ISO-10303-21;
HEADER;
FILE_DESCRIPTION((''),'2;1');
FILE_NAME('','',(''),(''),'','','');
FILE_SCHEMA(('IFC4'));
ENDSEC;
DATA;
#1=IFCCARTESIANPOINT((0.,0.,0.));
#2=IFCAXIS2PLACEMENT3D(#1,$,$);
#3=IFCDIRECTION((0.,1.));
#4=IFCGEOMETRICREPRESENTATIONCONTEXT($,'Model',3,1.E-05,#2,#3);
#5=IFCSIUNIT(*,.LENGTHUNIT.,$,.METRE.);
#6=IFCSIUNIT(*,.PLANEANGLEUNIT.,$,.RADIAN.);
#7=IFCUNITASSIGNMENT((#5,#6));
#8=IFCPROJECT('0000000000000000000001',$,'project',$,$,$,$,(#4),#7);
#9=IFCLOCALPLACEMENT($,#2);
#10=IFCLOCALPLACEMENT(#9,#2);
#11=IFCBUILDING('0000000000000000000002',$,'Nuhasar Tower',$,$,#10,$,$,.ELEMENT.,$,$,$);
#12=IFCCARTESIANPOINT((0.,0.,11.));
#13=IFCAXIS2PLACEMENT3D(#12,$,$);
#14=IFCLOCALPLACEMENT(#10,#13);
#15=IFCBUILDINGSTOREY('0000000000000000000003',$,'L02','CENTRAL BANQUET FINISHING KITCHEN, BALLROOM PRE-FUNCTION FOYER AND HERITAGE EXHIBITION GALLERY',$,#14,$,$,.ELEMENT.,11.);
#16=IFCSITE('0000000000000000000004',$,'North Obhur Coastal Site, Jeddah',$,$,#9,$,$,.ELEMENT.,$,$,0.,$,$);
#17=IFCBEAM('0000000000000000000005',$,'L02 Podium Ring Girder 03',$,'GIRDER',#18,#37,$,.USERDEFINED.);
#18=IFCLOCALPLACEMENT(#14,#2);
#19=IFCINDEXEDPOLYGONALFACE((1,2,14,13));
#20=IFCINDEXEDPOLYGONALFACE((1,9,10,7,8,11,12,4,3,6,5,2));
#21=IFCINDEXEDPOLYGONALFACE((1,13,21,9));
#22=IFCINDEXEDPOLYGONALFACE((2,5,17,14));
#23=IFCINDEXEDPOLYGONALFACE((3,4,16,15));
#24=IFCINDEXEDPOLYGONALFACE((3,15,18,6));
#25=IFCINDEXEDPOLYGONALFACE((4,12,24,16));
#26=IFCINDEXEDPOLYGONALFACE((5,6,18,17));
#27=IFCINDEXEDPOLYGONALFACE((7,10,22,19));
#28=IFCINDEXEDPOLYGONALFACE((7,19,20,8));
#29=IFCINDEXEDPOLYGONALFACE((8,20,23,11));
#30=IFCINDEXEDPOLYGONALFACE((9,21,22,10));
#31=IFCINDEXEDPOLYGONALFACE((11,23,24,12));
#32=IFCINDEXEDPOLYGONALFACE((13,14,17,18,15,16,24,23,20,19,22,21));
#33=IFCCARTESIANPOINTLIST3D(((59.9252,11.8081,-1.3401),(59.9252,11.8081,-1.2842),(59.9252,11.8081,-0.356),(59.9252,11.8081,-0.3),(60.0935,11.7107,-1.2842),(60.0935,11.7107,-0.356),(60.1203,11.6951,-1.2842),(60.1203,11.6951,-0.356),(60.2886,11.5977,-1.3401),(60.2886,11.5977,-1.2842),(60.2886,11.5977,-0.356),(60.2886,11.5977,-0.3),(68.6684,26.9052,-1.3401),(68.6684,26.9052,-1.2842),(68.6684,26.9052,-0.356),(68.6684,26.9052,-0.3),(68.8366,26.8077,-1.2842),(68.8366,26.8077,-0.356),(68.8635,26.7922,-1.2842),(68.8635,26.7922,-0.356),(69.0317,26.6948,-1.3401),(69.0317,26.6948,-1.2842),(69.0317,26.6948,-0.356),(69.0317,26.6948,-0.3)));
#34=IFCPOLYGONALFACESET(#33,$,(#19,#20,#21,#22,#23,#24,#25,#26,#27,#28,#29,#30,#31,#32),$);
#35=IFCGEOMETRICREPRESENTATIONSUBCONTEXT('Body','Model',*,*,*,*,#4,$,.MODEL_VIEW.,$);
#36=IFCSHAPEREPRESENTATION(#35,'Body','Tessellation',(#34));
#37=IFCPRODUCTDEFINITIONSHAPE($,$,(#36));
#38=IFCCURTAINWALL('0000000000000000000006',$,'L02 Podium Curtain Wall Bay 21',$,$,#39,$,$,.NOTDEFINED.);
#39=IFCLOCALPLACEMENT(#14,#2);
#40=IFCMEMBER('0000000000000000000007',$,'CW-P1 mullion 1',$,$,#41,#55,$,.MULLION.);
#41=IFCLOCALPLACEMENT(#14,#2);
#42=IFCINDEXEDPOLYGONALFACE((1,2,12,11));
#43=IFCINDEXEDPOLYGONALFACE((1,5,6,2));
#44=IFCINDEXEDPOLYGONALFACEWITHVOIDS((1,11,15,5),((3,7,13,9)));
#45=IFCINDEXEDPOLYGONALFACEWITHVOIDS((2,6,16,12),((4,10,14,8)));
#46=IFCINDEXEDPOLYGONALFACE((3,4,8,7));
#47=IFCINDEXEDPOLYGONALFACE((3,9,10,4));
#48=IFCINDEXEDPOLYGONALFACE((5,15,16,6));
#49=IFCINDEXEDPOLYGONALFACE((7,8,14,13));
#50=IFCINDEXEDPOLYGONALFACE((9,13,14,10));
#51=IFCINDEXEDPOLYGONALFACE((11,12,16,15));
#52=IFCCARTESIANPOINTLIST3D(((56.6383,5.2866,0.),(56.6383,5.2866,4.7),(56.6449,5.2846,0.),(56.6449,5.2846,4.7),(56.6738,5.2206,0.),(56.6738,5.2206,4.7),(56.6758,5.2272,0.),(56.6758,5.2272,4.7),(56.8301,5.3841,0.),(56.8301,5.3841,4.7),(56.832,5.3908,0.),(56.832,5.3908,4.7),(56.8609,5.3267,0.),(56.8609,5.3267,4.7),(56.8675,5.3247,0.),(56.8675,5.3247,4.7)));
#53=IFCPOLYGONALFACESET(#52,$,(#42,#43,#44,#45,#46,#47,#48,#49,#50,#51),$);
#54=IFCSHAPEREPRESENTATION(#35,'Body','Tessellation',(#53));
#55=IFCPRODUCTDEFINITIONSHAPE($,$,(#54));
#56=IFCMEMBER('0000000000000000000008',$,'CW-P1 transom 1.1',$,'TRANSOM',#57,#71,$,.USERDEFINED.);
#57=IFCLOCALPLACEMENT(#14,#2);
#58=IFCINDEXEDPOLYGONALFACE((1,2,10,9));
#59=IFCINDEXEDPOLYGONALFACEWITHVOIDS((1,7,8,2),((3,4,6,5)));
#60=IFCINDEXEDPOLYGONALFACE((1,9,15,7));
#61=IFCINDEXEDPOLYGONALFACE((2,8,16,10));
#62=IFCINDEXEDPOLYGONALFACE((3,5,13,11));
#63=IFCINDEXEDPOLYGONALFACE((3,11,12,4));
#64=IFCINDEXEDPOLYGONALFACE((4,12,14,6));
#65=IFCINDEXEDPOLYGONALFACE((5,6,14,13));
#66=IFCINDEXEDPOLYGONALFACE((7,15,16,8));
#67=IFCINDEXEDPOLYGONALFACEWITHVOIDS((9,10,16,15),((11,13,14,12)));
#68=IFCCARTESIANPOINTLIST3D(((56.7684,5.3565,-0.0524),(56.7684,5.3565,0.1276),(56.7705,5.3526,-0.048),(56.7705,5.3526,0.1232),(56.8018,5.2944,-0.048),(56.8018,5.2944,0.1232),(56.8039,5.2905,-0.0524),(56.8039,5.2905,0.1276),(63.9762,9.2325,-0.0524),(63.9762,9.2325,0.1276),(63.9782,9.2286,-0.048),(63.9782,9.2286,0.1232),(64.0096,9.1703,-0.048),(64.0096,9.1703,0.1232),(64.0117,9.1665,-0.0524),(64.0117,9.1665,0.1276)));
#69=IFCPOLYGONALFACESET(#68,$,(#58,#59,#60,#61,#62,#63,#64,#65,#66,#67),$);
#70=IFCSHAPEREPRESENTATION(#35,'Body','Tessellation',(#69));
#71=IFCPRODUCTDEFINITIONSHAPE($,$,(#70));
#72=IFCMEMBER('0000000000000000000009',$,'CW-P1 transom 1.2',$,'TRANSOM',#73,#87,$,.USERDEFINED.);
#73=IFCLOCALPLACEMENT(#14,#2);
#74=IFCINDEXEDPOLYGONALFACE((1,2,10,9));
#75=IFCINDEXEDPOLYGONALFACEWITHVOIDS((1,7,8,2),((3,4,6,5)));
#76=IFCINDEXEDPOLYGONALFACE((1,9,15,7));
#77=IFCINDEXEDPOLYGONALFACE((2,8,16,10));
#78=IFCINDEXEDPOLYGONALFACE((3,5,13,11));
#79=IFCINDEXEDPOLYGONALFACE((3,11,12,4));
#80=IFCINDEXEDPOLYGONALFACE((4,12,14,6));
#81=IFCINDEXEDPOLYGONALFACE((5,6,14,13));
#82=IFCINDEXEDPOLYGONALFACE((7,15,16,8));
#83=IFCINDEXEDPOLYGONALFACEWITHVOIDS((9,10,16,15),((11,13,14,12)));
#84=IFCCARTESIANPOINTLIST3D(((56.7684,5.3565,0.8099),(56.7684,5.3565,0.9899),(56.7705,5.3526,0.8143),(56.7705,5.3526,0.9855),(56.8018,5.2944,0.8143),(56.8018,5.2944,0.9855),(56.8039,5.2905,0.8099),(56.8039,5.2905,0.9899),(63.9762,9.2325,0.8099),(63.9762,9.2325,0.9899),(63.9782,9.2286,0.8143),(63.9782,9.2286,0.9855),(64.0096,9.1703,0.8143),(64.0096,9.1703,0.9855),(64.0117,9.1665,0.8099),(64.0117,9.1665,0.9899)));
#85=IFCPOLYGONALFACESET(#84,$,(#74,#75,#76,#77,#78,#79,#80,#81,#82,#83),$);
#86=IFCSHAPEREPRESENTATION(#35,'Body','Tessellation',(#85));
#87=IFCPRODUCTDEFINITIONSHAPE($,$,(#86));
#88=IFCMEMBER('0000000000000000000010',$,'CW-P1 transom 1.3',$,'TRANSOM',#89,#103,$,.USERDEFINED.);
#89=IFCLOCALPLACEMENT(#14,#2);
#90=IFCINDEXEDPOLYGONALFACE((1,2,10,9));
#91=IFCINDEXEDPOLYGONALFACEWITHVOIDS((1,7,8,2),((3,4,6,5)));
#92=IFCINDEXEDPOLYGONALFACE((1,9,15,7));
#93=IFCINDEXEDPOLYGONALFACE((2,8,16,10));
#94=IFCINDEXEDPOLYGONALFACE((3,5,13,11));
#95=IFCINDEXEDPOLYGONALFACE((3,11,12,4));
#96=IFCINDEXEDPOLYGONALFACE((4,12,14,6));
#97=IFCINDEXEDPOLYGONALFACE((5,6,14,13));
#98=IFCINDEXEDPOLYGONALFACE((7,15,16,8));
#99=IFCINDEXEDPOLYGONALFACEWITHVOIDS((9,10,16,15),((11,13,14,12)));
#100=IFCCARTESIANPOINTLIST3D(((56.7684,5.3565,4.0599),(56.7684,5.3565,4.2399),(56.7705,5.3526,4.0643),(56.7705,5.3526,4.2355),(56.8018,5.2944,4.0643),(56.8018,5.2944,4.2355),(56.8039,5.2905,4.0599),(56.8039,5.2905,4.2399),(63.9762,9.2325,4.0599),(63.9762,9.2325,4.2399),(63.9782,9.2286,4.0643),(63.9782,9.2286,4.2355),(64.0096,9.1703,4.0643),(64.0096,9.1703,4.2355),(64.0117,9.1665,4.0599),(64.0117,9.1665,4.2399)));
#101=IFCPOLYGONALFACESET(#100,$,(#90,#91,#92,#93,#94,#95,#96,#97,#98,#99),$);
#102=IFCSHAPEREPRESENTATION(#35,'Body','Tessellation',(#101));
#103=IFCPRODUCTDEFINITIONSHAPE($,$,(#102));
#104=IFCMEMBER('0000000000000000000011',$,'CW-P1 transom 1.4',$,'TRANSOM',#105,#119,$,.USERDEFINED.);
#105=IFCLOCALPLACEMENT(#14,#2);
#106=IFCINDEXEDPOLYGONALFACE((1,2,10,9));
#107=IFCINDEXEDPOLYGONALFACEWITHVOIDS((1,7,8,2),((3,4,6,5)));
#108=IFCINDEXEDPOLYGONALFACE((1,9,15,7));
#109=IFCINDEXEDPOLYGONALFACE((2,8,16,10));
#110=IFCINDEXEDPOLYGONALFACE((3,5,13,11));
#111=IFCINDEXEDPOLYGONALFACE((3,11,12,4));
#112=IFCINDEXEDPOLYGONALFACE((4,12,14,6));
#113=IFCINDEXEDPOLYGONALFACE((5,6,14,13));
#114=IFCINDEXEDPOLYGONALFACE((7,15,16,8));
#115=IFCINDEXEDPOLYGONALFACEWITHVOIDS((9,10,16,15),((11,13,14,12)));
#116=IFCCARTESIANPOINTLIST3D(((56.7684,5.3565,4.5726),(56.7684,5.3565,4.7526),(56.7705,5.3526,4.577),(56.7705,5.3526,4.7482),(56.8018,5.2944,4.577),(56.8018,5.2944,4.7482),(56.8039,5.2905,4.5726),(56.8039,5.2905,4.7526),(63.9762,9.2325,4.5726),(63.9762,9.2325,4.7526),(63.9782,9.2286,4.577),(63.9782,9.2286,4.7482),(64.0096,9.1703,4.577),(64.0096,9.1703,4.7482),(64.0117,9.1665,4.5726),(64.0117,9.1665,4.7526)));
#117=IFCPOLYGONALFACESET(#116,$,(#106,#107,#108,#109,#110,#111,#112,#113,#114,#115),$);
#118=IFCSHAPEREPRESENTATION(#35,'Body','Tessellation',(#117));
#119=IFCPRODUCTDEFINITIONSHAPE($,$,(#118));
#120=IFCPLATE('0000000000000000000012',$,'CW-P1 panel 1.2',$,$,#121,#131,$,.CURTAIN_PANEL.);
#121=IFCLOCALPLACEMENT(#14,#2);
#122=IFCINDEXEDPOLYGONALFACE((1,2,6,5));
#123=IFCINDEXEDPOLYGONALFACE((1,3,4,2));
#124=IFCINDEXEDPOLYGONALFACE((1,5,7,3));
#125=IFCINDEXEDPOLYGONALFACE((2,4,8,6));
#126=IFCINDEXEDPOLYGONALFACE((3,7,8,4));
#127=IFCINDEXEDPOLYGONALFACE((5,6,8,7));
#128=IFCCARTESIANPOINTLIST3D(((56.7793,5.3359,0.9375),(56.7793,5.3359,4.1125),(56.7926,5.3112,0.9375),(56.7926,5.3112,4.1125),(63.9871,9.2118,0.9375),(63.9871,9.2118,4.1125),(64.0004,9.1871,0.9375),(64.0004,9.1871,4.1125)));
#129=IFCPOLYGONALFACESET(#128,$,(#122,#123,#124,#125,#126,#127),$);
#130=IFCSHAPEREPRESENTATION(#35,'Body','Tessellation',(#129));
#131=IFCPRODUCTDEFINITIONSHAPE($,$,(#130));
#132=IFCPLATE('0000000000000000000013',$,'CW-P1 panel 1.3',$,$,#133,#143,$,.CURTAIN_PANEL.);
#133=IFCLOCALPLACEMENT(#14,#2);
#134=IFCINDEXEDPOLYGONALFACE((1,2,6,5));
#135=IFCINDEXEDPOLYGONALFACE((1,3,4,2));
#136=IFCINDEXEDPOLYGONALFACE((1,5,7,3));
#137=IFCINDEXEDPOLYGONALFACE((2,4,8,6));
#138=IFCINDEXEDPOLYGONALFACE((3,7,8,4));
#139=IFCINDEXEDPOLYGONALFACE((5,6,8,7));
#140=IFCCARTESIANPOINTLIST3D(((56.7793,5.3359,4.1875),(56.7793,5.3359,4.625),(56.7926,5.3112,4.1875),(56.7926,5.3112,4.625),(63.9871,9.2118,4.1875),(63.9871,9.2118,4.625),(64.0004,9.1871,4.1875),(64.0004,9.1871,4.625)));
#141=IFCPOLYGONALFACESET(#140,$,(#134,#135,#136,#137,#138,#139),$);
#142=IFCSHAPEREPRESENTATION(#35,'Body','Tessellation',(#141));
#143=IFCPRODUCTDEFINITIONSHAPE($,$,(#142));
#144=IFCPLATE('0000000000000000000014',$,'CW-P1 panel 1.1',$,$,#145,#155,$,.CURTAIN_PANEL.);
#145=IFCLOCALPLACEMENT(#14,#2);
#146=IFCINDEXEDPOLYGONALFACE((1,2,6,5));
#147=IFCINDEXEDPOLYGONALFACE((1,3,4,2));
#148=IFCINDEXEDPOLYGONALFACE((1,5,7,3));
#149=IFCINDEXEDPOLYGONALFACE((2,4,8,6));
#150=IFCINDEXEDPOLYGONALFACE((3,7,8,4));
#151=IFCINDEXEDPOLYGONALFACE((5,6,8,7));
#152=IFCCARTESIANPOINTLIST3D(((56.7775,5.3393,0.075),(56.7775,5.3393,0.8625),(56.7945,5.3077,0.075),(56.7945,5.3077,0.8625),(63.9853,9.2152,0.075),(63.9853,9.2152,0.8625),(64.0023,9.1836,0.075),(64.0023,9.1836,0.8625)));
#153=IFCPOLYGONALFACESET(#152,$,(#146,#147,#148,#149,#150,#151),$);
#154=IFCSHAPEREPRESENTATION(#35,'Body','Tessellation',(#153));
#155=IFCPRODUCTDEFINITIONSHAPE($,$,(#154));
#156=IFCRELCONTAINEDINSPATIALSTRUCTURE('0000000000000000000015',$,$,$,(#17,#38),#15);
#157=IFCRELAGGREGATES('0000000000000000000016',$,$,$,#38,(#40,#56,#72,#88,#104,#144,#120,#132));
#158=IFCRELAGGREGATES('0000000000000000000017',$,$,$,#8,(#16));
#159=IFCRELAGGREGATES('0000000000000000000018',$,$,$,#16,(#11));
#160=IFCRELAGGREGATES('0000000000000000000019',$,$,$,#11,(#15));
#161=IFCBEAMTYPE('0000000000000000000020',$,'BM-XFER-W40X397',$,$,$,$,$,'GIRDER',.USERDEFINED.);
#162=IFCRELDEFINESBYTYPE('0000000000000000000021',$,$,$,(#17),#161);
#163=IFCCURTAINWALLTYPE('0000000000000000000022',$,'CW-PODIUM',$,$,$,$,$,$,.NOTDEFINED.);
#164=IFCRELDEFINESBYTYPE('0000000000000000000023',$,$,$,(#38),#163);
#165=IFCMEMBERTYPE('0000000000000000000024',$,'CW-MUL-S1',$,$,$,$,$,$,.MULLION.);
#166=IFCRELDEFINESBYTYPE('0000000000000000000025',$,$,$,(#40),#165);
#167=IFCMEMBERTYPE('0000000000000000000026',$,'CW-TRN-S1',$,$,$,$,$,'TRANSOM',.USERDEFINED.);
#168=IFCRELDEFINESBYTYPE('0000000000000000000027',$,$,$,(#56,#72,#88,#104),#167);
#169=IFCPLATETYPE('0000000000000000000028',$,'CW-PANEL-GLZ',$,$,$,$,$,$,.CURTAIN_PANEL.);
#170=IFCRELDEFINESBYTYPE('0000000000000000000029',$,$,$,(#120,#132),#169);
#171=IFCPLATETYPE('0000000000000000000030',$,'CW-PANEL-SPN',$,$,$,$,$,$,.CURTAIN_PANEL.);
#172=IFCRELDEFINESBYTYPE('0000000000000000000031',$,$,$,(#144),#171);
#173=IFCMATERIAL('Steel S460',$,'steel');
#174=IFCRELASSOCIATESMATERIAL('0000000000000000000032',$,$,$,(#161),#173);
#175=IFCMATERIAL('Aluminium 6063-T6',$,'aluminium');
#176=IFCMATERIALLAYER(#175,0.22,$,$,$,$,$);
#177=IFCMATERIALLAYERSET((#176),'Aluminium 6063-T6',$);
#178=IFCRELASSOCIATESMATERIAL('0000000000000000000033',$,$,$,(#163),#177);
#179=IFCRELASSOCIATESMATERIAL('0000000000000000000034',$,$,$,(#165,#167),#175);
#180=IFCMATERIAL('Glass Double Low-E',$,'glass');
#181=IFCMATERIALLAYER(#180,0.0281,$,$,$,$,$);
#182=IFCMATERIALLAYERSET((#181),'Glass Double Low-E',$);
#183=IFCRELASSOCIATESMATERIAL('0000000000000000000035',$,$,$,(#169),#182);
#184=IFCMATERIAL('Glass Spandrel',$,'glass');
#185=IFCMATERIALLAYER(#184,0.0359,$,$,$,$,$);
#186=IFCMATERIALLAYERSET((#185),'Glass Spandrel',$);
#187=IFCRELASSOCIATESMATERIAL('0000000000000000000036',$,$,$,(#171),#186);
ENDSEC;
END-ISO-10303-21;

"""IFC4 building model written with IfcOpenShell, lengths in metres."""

from ifc_helpers import new_model, si_unit, direction, frame, origin, origin_2d, place, context, subcontext, project, spatial, rectangle, hollow_rectangle, i_section, extrude, material, layer, layer_set, material_profile, profile_set, type_object, element, aggregate, save


model = new_model("IFC4")

# Units and contexts
model_context = context("Model", 3, precision=1e-05, world=origin(), true_north=direction((0.0, 1.0)))
body_context = subcontext(model_context, "Body", "Model", "MODEL_VIEW")
ifc_project = project(units=[si_unit("LENGTHUNIT", "METRE"), si_unit("PLANEANGLEUNIT", "RADIAN")], contexts=[model_context])

# Site, building, storey
site_placement = place(None, origin())
site = spatial("IfcSite", under=ifc_project, at=site_placement, Name="North Obhur Coastal Site, Jeddah", CompositionType="ELEMENT", RefElevation=0.0)
building_placement = place(site_placement, origin())
building = spatial("IfcBuilding", under=site, at=building_placement, Name="Nuhasar Tower", CompositionType="ELEMENT")
storey_placement = place(building_placement, frame((0.0, 0.0, 11.0)))
storey = spatial("IfcBuildingStorey", under=building, at=storey_placement, Name="L02", Description="CENTRAL BANQUET FINISHING KITCHEN, BALLROOM PRE-FUNCTION FOYER AND HERITAGE EXHIBITION GALLERY", CompositionType="ELEMENT", Elevation=11.0)

# Beam
ifc_material_1 = material(Name="Steel S460", Category="steel")
ifc_material_profile_1 = material_profile(ifc_material_1, i_section(OverallWidth=0.4199, OverallDepth=1.04, WebThickness=0.031, FlangeThickness=0.0559, at=origin_2d()), Name="W40X397")
ifc_profile_set_1 = profile_set([ifc_material_profile_1], Name="Steel S460")
beam_type_1 = type_object("IfcBeamType", Name="BM-XFER-W40X397", ElementType="GIRDER", PredefinedType="USERDEFINED", material=ifc_profile_set_1)
beam_1_placement = place(storey_placement, frame((60.1069, 11.7029, -0.8201), z_axis=(0.501152, 0.865359, 0.0), x_axis=(-0.865359, 0.501152, 0.0)))
element("IfcBeam", 1, at=beam_1_placement, inside=storey, type_object=beam_type_1, Name="L02 Podium Ring Girder 03", ObjectType="GIRDER", PredefinedType="USERDEFINED", context=body_context, shape_type="SweptSolid", body=[
    extrude(i_section(OverallWidth=0.4199, OverallDepth=1.04, WebThickness=0.031, FlangeThickness=0.0559, at=origin_2d()), origin(), (0.0, 0.0, 1.0), 17.446),
])

# Curtain wall, members, plates
ifc_material_2 = material(Name="Aluminium 6063-T6", Category="aluminium")
ifc_layer_1 = layer(ifc_material_2, 0.22)
ifc_layer_set_1 = layer_set([ifc_layer_1], Name="Aluminium 6063-T6")
curtain_wall_type = type_object("IfcCurtainWallType", Name="CW-PODIUM", PredefinedType="NOTDEFINED", material=ifc_layer_set_1)
curtain_wall_placement = place(storey_placement, origin())
curtain_wall = element("IfcCurtainWall", 2, at=curtain_wall_placement, inside=storey, type_object=curtain_wall_type, Name="L02 Podium Curtain Wall Bay 21", PredefinedType="NOTDEFINED")
ifc_material_profile_2 = material_profile(ifc_material_2, hollow_rectangle(XDim=0.075, YDim=0.22, WallThickness=0.0049, at=origin_2d()), Name="CWM-1")
ifc_profile_set_2 = profile_set([ifc_material_profile_2], Name="Aluminium 6063-T6")
member_type_1 = type_object("IfcMemberType", Name="CW-MUL-S1", PredefinedType="MULLION", material=ifc_profile_set_2)
member_1_placement = place(storey_placement, frame((56.7529, 5.3057, 0.0), z_axis=(0.0, 0.0, 1.0), x_axis=(-0.473606, 0.880737, 0.0)))
member_1 = element("IfcMember", 3, at=member_1_placement, type_object=member_type_1, Name="CW-P1 mullion 1", PredefinedType="MULLION", context=body_context, shape_type="SweptSolid", body=[
    extrude(hollow_rectangle(XDim=0.075, YDim=0.22, WallThickness=0.0049, at=origin_2d()), origin(), (0.0, 0.0, 1.0), 4.7),
])
ifc_material_profile_3 = material_profile(ifc_material_2, hollow_rectangle(XDim=0.075, YDim=0.1799, WallThickness=0.0044, at=origin_2d()), Name="CWT-1")
ifc_profile_set_3 = profile_set([ifc_material_profile_3], Name="Aluminium 6063-T6")
member_type_2 = type_object("IfcMemberType", Name="CW-TRN-S1", ElementType="TRANSOM", PredefinedType="USERDEFINED", material=ifc_profile_set_3)
member_2_placement = place(storey_placement, frame((56.7861, 5.3235, 0.0376), z_axis=(0.880732, 0.473614, 0.0), x_axis=(-0.473614, 0.880732, 0.0)))
member_2 = element("IfcMember", 4, at=member_2_placement, type_object=member_type_2, Name="CW-P1 transom 1.1", ObjectType="TRANSOM", PredefinedType="USERDEFINED", context=body_context, shape_type="SweptSolid", body=[
    extrude(hollow_rectangle(XDim=0.075, YDim=0.1799, WallThickness=0.0044, at=origin_2d()), origin(), (0.0, 0.0, 1.0), 8.1838),
])
member_3_placement = place(storey_placement, frame((56.7861, 5.3235, 0.8999), z_axis=(0.880732, 0.473614, 0.0), x_axis=(-0.473614, 0.880732, 0.0)))
member_3 = element("IfcMember", 5, at=member_3_placement, type_object=member_type_2, Name="CW-P1 transom 1.2", ObjectType="TRANSOM", PredefinedType="USERDEFINED", context=body_context, shape_type="SweptSolid", body=[
    extrude(hollow_rectangle(XDim=0.075, YDim=0.1799, WallThickness=0.0044, at=origin_2d()), origin(), (0.0, 0.0, 1.0), 8.1838),
])
member_4_placement = place(storey_placement, frame((56.7861, 5.3235, 4.1499), z_axis=(0.880732, 0.473614, 0.0), x_axis=(-0.473614, 0.880732, 0.0)))
member_4 = element("IfcMember", 6, at=member_4_placement, type_object=member_type_2, Name="CW-P1 transom 1.3", ObjectType="TRANSOM", PredefinedType="USERDEFINED", context=body_context, shape_type="SweptSolid", body=[
    extrude(hollow_rectangle(XDim=0.075, YDim=0.1799, WallThickness=0.0044, at=origin_2d()), origin(), (0.0, 0.0, 1.0), 8.1838),
])
member_5_placement = place(storey_placement, frame((56.7861, 5.3235, 4.6626), z_axis=(0.880732, 0.473614, 0.0), x_axis=(-0.473614, 0.880732, 0.0)))
member_5 = element("IfcMember", 7, at=member_5_placement, type_object=member_type_2, Name="CW-P1 transom 1.4", ObjectType="TRANSOM", PredefinedType="USERDEFINED", context=body_context, shape_type="SweptSolid", body=[
    extrude(hollow_rectangle(XDim=0.075, YDim=0.1799, WallThickness=0.0044, at=origin_2d()), origin(), (0.0, 0.0, 1.0), 8.1838),
])
ifc_material_3 = material(Name="Glass Double Low-E", Category="glass")
ifc_layer_2 = layer(ifc_material_3, 0.0281)
ifc_layer_set_2 = layer_set([ifc_layer_2], Name="Glass Double Low-E")
plate_type_1 = type_object("IfcPlateType", Name="CW-PANEL-GLZ", PredefinedType="CURTAIN_PANEL", material=ifc_layer_set_2)
plate_1_placement = place(storey_placement, frame((60.3899, 7.2615, 0.9375), z_axis=(0.0, 0.0, 1.0), x_axis=(0.880737, 0.473606, 0.0)))
plate_1 = element("IfcPlate", 8, at=plate_1_placement, type_object=plate_type_1, Name="CW-P1 panel 1.2", PredefinedType="CURTAIN_PANEL", context=body_context, shape_type="SweptSolid", body=[
    extrude(rectangle(XDim=8.1838, YDim=0.0281, at=origin_2d()), origin(), (0.0, 0.0, 1.0), 3.175),
])
plate_2_placement = place(storey_placement, frame((60.3899, 7.2615, 4.1875), z_axis=(0.0, 0.0, 1.0), x_axis=(0.880737, 0.473606, 0.0)))
plate_2 = element("IfcPlate", 9, at=plate_2_placement, type_object=plate_type_1, Name="CW-P1 panel 1.3", PredefinedType="CURTAIN_PANEL", context=body_context, shape_type="SweptSolid", body=[
    extrude(rectangle(XDim=8.1838, YDim=0.0281, at=origin_2d()), origin(), (0.0, 0.0, 1.0), 0.4375),
])
ifc_material_4 = material(Name="Glass Spandrel", Category="glass")
ifc_layer_3 = layer(ifc_material_4, 0.0359)
ifc_layer_set_3 = layer_set([ifc_layer_3], Name="Glass Spandrel")
plate_type_2 = type_object("IfcPlateType", Name="CW-PANEL-SPN", PredefinedType="CURTAIN_PANEL", material=ifc_layer_set_3)
plate_3_placement = place(storey_placement, frame((60.3899, 7.2615, 0.075), z_axis=(0.0, 0.0, 1.0), x_axis=(0.880737, 0.473606, 0.0)))
plate_3 = element("IfcPlate", 10, at=plate_3_placement, type_object=plate_type_2, Name="CW-P1 panel 1.1", PredefinedType="CURTAIN_PANEL", context=body_context, shape_type="SweptSolid", body=[
    extrude(rectangle(XDim=8.1838, YDim=0.0359, at=origin_2d()), origin(), (0.0, 0.0, 1.0), 0.7876),
])
aggregate(curtain_wall, [member_1, member_2, member_3, member_4, member_5, plate_3, plate_1, plate_2])

save(model, "model.ifc")
